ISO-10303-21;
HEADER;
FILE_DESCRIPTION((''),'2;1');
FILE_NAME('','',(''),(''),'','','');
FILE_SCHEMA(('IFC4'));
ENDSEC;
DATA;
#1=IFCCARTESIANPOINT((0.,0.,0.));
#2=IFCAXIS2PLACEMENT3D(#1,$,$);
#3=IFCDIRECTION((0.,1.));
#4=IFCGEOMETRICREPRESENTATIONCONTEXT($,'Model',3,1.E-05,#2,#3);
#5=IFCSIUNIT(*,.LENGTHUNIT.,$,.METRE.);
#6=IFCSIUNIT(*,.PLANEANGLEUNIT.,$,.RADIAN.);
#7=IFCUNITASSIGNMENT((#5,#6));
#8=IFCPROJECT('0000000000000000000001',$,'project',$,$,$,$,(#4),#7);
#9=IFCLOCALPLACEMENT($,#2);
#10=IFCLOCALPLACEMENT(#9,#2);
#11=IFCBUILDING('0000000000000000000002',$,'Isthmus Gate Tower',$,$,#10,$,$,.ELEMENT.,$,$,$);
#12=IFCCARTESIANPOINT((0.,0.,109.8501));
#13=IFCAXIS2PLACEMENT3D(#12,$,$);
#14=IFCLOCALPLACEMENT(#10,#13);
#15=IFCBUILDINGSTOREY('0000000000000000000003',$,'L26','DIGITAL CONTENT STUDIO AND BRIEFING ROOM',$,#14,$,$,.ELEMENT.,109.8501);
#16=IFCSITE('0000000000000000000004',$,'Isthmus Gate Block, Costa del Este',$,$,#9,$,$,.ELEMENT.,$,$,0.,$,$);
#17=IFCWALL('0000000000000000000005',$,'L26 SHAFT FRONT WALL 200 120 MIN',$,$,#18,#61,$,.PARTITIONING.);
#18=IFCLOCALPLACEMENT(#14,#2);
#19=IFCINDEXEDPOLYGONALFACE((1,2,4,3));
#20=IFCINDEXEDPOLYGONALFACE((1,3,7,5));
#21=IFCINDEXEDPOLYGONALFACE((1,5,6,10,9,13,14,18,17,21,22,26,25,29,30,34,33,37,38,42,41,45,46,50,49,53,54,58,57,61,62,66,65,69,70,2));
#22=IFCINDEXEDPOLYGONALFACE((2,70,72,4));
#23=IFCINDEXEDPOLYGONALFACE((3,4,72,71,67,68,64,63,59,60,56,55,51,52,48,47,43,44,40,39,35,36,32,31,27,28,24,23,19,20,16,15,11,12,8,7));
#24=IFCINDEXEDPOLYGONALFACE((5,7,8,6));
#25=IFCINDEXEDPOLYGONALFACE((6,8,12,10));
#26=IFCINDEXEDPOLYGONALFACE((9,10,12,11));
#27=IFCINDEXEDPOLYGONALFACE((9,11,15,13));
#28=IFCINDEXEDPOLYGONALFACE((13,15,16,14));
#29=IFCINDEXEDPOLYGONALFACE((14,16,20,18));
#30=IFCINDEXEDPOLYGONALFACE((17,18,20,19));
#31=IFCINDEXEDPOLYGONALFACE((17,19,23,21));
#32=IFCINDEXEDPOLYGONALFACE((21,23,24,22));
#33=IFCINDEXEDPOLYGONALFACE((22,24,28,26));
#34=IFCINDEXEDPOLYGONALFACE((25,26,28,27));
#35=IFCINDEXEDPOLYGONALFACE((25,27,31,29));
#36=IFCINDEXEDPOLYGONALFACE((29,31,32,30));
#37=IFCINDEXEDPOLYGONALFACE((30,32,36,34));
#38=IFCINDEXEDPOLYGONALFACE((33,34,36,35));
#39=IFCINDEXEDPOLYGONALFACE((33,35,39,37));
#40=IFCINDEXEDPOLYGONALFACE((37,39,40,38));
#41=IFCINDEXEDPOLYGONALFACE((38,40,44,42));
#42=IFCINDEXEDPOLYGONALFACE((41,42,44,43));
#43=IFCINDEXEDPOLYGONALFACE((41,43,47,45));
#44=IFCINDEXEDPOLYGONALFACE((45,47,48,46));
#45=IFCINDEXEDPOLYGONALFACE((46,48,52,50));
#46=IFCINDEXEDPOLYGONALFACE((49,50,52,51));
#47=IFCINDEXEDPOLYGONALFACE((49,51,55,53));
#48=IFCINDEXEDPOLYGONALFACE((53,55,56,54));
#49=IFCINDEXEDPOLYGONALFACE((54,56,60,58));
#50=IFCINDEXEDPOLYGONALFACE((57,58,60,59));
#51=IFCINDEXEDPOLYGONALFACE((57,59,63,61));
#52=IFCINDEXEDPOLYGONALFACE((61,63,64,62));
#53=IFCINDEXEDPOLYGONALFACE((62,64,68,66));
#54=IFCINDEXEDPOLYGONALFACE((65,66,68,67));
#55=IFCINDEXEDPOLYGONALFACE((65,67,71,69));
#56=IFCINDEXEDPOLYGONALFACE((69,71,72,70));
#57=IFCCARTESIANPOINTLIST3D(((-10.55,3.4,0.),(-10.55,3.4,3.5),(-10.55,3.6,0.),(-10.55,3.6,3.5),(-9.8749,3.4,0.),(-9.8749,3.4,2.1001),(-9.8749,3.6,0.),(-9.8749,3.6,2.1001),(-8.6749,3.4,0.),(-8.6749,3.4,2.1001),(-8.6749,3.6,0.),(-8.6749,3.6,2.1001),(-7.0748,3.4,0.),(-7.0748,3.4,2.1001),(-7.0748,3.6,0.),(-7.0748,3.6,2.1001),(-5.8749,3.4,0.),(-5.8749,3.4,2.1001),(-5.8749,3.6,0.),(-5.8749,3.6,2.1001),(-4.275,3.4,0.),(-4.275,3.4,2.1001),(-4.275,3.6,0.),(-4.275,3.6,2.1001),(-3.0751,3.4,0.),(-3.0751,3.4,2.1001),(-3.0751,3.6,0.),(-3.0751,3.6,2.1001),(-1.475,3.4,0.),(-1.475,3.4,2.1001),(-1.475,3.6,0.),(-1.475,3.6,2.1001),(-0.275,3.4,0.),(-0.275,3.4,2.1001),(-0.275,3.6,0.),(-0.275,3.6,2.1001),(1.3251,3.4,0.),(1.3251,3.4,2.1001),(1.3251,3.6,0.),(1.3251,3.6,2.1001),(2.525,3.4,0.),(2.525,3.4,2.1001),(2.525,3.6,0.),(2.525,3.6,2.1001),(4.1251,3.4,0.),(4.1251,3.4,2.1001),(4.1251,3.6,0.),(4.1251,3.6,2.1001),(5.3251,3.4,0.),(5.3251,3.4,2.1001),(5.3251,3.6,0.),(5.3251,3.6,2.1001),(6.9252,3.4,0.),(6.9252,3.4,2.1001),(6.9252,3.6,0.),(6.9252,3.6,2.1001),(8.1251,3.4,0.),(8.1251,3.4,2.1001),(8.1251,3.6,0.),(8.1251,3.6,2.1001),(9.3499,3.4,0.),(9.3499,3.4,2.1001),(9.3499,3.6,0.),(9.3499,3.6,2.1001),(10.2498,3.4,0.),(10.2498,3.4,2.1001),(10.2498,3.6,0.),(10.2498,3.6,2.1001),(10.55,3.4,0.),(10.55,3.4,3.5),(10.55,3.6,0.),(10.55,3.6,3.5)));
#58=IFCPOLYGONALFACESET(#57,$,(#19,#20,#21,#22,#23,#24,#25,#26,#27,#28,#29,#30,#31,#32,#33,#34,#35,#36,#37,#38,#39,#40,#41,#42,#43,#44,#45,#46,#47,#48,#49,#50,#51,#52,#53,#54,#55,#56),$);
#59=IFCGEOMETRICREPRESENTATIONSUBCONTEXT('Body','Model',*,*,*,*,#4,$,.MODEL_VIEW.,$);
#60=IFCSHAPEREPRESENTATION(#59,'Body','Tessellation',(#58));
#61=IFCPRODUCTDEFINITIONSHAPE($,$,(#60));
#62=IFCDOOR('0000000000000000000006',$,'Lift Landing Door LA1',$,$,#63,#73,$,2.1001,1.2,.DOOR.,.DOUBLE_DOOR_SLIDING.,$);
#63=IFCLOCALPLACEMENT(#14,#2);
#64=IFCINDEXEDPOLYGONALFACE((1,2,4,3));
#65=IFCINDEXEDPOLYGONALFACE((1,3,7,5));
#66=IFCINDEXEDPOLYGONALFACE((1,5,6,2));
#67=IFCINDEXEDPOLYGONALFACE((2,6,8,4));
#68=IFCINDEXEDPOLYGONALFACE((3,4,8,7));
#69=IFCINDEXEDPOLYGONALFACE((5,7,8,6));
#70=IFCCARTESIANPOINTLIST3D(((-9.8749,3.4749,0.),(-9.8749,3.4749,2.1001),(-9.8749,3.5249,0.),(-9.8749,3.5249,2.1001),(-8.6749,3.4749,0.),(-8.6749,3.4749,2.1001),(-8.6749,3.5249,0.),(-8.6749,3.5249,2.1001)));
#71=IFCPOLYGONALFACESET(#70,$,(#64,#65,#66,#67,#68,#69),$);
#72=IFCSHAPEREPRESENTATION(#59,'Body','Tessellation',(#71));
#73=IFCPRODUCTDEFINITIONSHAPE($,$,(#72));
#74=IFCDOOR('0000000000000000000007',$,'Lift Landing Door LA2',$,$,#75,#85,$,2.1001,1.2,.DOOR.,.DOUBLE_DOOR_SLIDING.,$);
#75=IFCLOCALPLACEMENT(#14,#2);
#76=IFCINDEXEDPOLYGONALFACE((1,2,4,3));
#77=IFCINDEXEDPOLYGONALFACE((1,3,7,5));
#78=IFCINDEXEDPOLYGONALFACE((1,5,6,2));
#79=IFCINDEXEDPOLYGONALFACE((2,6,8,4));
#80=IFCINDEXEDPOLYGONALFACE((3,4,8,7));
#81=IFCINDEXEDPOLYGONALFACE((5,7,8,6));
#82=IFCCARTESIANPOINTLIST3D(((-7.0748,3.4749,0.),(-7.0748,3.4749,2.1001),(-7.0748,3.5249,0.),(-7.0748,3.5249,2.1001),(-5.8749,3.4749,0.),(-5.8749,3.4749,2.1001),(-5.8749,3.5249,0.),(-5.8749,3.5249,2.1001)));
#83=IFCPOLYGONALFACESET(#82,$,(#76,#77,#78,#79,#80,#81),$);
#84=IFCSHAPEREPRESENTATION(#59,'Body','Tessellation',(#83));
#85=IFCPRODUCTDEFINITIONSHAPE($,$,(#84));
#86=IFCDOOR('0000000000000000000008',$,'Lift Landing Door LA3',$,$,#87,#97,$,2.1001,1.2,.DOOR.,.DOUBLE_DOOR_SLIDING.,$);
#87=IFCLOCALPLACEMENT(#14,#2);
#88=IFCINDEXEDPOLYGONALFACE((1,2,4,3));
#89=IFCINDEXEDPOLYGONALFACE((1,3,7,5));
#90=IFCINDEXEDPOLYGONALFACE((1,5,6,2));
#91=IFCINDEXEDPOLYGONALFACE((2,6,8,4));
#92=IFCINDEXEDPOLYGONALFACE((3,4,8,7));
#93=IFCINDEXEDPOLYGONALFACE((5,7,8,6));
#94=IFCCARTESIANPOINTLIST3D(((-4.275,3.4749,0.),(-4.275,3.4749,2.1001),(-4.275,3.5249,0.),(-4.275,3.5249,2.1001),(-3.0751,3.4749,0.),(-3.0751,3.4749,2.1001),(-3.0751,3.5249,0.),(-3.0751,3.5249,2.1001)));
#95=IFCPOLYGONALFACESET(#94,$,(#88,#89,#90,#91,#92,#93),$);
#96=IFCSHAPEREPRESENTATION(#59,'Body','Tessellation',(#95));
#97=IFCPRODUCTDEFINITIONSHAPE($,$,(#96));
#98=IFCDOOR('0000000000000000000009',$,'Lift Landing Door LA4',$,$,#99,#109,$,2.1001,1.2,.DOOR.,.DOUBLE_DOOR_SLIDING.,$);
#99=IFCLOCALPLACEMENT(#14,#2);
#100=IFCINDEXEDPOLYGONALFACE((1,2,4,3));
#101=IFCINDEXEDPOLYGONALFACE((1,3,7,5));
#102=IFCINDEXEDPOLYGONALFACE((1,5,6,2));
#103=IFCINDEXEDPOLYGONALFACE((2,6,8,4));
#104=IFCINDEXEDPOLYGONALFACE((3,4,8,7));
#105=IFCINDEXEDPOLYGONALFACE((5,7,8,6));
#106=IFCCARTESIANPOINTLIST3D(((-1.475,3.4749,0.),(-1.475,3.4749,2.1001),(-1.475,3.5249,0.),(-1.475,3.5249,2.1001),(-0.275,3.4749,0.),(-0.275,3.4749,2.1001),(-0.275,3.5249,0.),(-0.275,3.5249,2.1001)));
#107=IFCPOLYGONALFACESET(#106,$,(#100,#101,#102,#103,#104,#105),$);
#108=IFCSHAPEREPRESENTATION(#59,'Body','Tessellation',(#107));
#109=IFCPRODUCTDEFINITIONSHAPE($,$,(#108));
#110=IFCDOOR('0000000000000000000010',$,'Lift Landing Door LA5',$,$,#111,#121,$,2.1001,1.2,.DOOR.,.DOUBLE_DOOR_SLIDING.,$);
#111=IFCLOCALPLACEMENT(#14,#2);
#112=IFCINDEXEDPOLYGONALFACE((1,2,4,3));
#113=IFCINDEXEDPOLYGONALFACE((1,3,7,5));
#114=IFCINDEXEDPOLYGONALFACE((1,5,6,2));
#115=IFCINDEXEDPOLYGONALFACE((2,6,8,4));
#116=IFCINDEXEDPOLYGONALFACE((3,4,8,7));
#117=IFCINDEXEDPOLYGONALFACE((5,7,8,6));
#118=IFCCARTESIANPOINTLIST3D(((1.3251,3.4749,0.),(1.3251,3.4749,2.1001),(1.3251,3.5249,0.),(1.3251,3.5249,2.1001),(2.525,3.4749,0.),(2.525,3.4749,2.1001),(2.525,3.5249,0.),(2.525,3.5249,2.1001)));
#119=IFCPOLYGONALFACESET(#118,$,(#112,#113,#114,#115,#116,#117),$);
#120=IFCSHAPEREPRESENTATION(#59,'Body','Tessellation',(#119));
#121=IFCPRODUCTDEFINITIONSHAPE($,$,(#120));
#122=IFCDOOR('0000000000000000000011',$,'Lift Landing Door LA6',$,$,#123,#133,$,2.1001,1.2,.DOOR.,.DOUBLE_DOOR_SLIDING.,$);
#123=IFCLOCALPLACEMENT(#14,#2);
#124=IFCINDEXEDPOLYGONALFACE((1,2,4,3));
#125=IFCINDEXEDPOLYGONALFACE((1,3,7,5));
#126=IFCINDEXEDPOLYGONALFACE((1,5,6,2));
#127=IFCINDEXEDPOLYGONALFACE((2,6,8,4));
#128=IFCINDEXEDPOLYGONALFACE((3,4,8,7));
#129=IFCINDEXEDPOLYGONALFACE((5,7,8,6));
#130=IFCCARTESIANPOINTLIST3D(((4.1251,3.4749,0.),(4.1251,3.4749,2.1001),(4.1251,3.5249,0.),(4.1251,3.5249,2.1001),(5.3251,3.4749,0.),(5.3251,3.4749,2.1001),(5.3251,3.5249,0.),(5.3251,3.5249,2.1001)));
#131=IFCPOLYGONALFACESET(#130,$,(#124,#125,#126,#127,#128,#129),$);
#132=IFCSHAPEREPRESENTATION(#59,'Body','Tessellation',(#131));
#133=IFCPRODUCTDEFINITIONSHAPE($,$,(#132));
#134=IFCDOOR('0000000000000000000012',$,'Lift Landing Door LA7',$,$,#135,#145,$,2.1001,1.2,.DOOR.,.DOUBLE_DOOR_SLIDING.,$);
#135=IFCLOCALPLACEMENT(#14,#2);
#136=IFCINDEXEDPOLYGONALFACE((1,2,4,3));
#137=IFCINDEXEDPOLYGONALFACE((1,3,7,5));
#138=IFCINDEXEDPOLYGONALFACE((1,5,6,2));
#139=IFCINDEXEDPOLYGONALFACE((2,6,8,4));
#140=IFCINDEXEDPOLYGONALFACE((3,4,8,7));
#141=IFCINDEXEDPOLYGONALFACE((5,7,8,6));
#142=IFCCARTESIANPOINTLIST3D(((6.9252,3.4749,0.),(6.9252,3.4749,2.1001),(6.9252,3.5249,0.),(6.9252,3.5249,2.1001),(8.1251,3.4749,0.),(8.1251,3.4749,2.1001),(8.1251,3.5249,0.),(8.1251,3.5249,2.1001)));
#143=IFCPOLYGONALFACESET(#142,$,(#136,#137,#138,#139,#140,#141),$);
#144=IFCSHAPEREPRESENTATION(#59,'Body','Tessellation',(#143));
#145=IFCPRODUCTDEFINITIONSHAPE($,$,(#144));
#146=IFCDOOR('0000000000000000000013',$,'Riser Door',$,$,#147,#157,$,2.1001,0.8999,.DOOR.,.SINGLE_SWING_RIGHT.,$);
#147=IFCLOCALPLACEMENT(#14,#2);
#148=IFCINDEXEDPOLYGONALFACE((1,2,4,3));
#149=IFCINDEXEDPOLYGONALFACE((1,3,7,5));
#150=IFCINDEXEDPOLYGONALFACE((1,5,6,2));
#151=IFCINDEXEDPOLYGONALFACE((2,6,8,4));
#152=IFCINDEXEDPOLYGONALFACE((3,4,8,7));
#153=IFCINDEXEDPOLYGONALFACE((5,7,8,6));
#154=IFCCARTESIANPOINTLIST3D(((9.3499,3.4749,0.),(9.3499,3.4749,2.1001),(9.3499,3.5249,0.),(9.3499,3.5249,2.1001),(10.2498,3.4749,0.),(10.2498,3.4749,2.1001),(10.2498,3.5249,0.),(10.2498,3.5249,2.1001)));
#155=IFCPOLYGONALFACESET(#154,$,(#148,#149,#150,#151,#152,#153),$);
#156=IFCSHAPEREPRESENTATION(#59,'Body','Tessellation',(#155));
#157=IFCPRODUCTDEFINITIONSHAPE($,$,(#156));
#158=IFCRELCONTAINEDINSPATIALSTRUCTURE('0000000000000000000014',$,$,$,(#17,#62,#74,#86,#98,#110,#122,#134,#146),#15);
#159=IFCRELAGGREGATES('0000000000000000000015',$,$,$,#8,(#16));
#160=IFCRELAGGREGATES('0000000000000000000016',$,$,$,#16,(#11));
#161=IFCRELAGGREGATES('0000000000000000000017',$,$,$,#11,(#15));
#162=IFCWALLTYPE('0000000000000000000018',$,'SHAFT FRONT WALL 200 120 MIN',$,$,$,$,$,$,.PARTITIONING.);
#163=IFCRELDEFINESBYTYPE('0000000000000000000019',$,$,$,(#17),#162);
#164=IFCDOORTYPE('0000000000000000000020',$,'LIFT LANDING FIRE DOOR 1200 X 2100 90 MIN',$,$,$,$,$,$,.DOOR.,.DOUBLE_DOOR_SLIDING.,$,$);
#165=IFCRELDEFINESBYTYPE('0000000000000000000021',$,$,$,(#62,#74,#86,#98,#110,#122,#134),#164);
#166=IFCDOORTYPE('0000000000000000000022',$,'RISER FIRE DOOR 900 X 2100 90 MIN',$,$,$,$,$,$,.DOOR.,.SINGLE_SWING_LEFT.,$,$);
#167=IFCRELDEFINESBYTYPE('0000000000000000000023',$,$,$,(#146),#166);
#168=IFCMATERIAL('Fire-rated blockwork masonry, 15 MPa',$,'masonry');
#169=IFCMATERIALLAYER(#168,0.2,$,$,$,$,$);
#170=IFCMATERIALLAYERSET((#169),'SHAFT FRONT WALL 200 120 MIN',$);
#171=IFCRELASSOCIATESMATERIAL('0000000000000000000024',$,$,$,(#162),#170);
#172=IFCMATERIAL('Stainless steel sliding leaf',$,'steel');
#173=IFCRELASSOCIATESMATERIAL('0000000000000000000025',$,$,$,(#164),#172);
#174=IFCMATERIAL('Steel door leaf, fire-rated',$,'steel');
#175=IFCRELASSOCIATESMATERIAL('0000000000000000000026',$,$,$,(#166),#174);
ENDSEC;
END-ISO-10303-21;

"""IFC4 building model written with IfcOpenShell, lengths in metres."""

from ifc_helpers import new_model, si_unit, direction, frame, frame_2d, origin, place, context, subcontext, project, spatial, rectangle, extrude, material, layer, layer_set, type_object, element, fill, save


model = new_model("IFC4")

# Units and contexts
model_context = context("Model", 3, precision=1e-05, world=origin(), true_north=direction((0.0, 1.0)))
body_context = subcontext(model_context, "Body", "Model", "MODEL_VIEW")
ifc_project = project(units=[si_unit("LENGTHUNIT", "METRE"), si_unit("PLANEANGLEUNIT", "RADIAN")], contexts=[model_context])

# Site, building, storey
site_placement = place(None, origin())
site = spatial("IfcSite", under=ifc_project, at=site_placement, Name="Isthmus Gate Block, Costa del Este", CompositionType="ELEMENT", RefElevation=0.0)
building_placement = place(site_placement, origin())
building = spatial("IfcBuilding", under=site, at=building_placement, Name="Isthmus Gate Tower", CompositionType="ELEMENT")
storey_placement = place(building_placement, frame((0.0, 0.0, 109.8501)))
storey = spatial("IfcBuildingStorey", under=building, at=storey_placement, Name="L26", Description="DIGITAL CONTENT STUDIO AND BRIEFING ROOM", CompositionType="ELEMENT", Elevation=109.8501)

# Wall, openings, doors
ifc_material_1 = material(Name="Fire-rated blockwork masonry, 15 MPa", Category="masonry")
ifc_layer_1 = layer(ifc_material_1, 0.2)
ifc_layer_set_1 = layer_set([ifc_layer_1], Name="SHAFT FRONT WALL 200 120 MIN")
wall_type_1 = type_object("IfcWallType", Name="SHAFT FRONT WALL 200 120 MIN", PredefinedType="PARTITIONING", material=ifc_layer_set_1)
wall_1_placement = place(storey_placement, frame((-10.55, 3.5, 0.0), z_axis=(0.0, 0.0, 1.0), x_axis=(1.0, 0.0, 0.0)))
wall_1 = element("IfcWall", 1, at=wall_1_placement, inside=storey, type_object=wall_type_1, Name="L26 SHAFT FRONT WALL 200 120 MIN", PredefinedType="PARTITIONING", context=body_context, shape_type="SweptSolid", body=[
    extrude(rectangle(XDim=21.1001, YDim=0.2, at=frame_2d((10.55, 0.0))), origin(), (0.0, 0.0, 1.0), 3.5),
])
opening_1_placement = place(wall_1_placement, frame((0.675, 0.0, 0.0)))
opening_1 = element("IfcOpeningElement", 2, at=opening_1_placement, cuts=wall_1, PredefinedType="OPENING", context=body_context, shape_type="SweptSolid", body=[
    extrude(rectangle(XDim=1.2, YDim=2.1001, at=frame_2d((0.6001, 1.05))), frame((0.0, 0.1099, 0.0), z_axis=(0.0, -1.0, 0.0), x_axis=(1.0, 0.0, 0.0)), (0.0, 0.0, 1.0), 0.22),
])
opening_2_placement = place(wall_1_placement, frame((3.4751, 0.0, 0.0)))
opening_2 = element("IfcOpeningElement", 3, at=opening_2_placement, cuts=wall_1, PredefinedType="OPENING", context=body_context, shape_type="SweptSolid", body=[
    extrude(rectangle(XDim=1.2, YDim=2.1001, at=frame_2d((0.6001, 1.05))), frame((0.0, 0.1099, 0.0), z_axis=(0.0, -1.0, 0.0), x_axis=(1.0, 0.0, 0.0)), (0.0, 0.0, 1.0), 0.22),
])
opening_3_placement = place(wall_1_placement, frame((6.2749, 0.0, 0.0)))
opening_3 = element("IfcOpeningElement", 4, at=opening_3_placement, cuts=wall_1, PredefinedType="OPENING", context=body_context, shape_type="SweptSolid", body=[
    extrude(rectangle(XDim=1.2, YDim=2.1001, at=frame_2d((0.6001, 1.05))), frame((0.0, 0.1099, 0.0), z_axis=(0.0, -1.0, 0.0), x_axis=(1.0, 0.0, 0.0)), (0.0, 0.0, 1.0), 0.22),
])
opening_4_placement = place(wall_1_placement, frame((9.075, 0.0, 0.0)))
opening_4 = element("IfcOpeningElement", 5, at=opening_4_placement, cuts=wall_1, PredefinedType="OPENING", context=body_context, shape_type="SweptSolid", body=[
    extrude(rectangle(XDim=1.2, YDim=2.1001, at=frame_2d((0.6001, 1.05))), frame((0.0, 0.1099, 0.0), z_axis=(0.0, -1.0, 0.0), x_axis=(1.0, 0.0, 0.0)), (0.0, 0.0, 1.0), 0.22),
])
opening_5_placement = place(wall_1_placement, frame((11.875, 0.0, 0.0)))
opening_5 = element("IfcOpeningElement", 6, at=opening_5_placement, cuts=wall_1, PredefinedType="OPENING", context=body_context, shape_type="SweptSolid", body=[
    extrude(rectangle(XDim=1.2, YDim=2.1001, at=frame_2d((0.6001, 1.05))), frame((0.0, 0.1099, 0.0), z_axis=(0.0, -1.0, 0.0), x_axis=(1.0, 0.0, 0.0)), (0.0, 0.0, 1.0), 0.22),
])
opening_6_placement = place(wall_1_placement, frame((14.675, 0.0, 0.0)))
opening_6 = element("IfcOpeningElement", 7, at=opening_6_placement, cuts=wall_1, PredefinedType="OPENING", context=body_context, shape_type="SweptSolid", body=[
    extrude(rectangle(XDim=1.2, YDim=2.1001, at=frame_2d((0.6001, 1.05))), frame((0.0, 0.1099, 0.0), z_axis=(0.0, -1.0, 0.0), x_axis=(1.0, 0.0, 0.0)), (0.0, 0.0, 1.0), 0.22),
])
opening_7_placement = place(wall_1_placement, frame((17.4751, 0.0, 0.0)))
opening_7 = element("IfcOpeningElement", 8, at=opening_7_placement, cuts=wall_1, PredefinedType="OPENING", context=body_context, shape_type="SweptSolid", body=[
    extrude(rectangle(XDim=1.2, YDim=2.1001, at=frame_2d((0.6001, 1.05))), frame((0.0, 0.1099, 0.0), z_axis=(0.0, -1.0, 0.0), x_axis=(1.0, 0.0, 0.0)), (0.0, 0.0, 1.0), 0.22),
])
opening_8_placement = place(wall_1_placement, frame((19.8999, 0.0, 0.0)))
opening_8 = element("IfcOpeningElement", 9, at=opening_8_placement, cuts=wall_1, PredefinedType="OPENING", context=body_context, shape_type="SweptSolid", body=[
    extrude(rectangle(XDim=0.8999, YDim=2.1001, at=frame_2d((0.45, 1.05))), frame((0.0, 0.1099, 0.0), z_axis=(0.0, -1.0, 0.0), x_axis=(1.0, 0.0, 0.0)), (0.0, 0.0, 1.0), 0.22),
])
ifc_material_2 = material(Name="Stainless steel sliding leaf", Category="steel")
door_type_1 = type_object("IfcDoorType", Name="LIFT LANDING FIRE DOOR 1200 X 2100 90 MIN", OperationType="DOUBLE_DOOR_SLIDING", PredefinedType="DOOR", material=ifc_material_2)
door_1_placement = place(opening_1_placement, origin())
door_1 = element("IfcDoor", 10, at=door_1_placement, inside=storey, type_object=door_type_1, Name="Lift Landing Door LA1", OperationType="DOUBLE_DOOR_SLIDING", OverallHeight=2.1001, OverallWidth=1.2, PredefinedType="DOOR", context=body_context, shape_type="SweptSolid", body=[
    extrude(rectangle(XDim=1.2, YDim=2.1001, at=frame_2d((0.6001, 1.05))), frame((0.0, 0.0249, 0.0), z_axis=(0.0, -1.0, 0.0), x_axis=(1.0, 0.0, 0.0)), (0.0, 0.0, 1.0), 0.05),
])
fill(opening_1, door_1)
door_2_placement = place(opening_2_placement, origin())
door_2 = element("IfcDoor", 11, at=door_2_placement, inside=storey, type_object=door_type_1, Name="Lift Landing Door LA2", OperationType="DOUBLE_DOOR_SLIDING", OverallHeight=2.1001, OverallWidth=1.2, PredefinedType="DOOR", context=body_context, shape_type="SweptSolid", body=[
    extrude(rectangle(XDim=1.2, YDim=2.1001, at=frame_2d((0.6001, 1.05))), frame((0.0, 0.0249, 0.0), z_axis=(0.0, -1.0, 0.0), x_axis=(1.0, 0.0, 0.0)), (0.0, 0.0, 1.0), 0.05),
])
fill(opening_2, door_2)
door_3_placement = place(opening_3_placement, origin())
door_3 = element("IfcDoor", 12, at=door_3_placement, inside=storey, type_object=door_type_1, Name="Lift Landing Door LA3", OperationType="DOUBLE_DOOR_SLIDING", OverallHeight=2.1001, OverallWidth=1.2, PredefinedType="DOOR", context=body_context, shape_type="SweptSolid", body=[
    extrude(rectangle(XDim=1.2, YDim=2.1001, at=frame_2d((0.6001, 1.05))), frame((0.0, 0.0249, 0.0), z_axis=(0.0, -1.0, 0.0), x_axis=(1.0, 0.0, 0.0)), (0.0, 0.0, 1.0), 0.05),
])
fill(opening_3, door_3)
door_4_placement = place(opening_4_placement, origin())
door_4 = element("IfcDoor", 13, at=door_4_placement, inside=storey, type_object=door_type_1, Name="Lift Landing Door LA4", OperationType="DOUBLE_DOOR_SLIDING", OverallHeight=2.1001, OverallWidth=1.2, PredefinedType="DOOR", context=body_context, shape_type="SweptSolid", body=[
    extrude(rectangle(XDim=1.2, YDim=2.1001, at=frame_2d((0.6001, 1.05))), frame((0.0, 0.0249, 0.0), z_axis=(0.0, -1.0, 0.0), x_axis=(1.0, 0.0, 0.0)), (0.0, 0.0, 1.0), 0.05),
])
fill(opening_4, door_4)
door_5_placement = place(opening_5_placement, origin())
door_5 = element("IfcDoor", 14, at=door_5_placement, inside=storey, type_object=door_type_1, Name="Lift Landing Door LA5", OperationType="DOUBLE_DOOR_SLIDING", OverallHeight=2.1001, OverallWidth=1.2, PredefinedType="DOOR", context=body_context, shape_type="SweptSolid", body=[
    extrude(rectangle(XDim=1.2, YDim=2.1001, at=frame_2d((0.6001, 1.05))), frame((0.0, 0.0249, 0.0), z_axis=(0.0, -1.0, 0.0), x_axis=(1.0, 0.0, 0.0)), (0.0, 0.0, 1.0), 0.05),
])
fill(opening_5, door_5)
door_6_placement = place(opening_6_placement, origin())
door_6 = element("IfcDoor", 15, at=door_6_placement, inside=storey, type_object=door_type_1, Name="Lift Landing Door LA6", OperationType="DOUBLE_DOOR_SLIDING", OverallHeight=2.1001, OverallWidth=1.2, PredefinedType="DOOR", context=body_context, shape_type="SweptSolid", body=[
    extrude(rectangle(XDim=1.2, YDim=2.1001, at=frame_2d((0.6001, 1.05))), frame((0.0, 0.0249, 0.0), z_axis=(0.0, -1.0, 0.0), x_axis=(1.0, 0.0, 0.0)), (0.0, 0.0, 1.0), 0.05),
])
fill(opening_6, door_6)
door_7_placement = place(opening_7_placement, origin())
door_7 = element("IfcDoor", 16, at=door_7_placement, inside=storey, type_object=door_type_1, Name="Lift Landing Door LA7", OperationType="DOUBLE_DOOR_SLIDING", OverallHeight=2.1001, OverallWidth=1.2, PredefinedType="DOOR", context=body_context, shape_type="SweptSolid", body=[
    extrude(rectangle(XDim=1.2, YDim=2.1001, at=frame_2d((0.6001, 1.05))), frame((0.0, 0.0249, 0.0), z_axis=(0.0, -1.0, 0.0), x_axis=(1.0, 0.0, 0.0)), (0.0, 0.0, 1.0), 0.05),
])
fill(opening_7, door_7)
ifc_material_3 = material(Name="Steel door leaf, fire-rated", Category="steel")
door_type_2 = type_object("IfcDoorType", Name="RISER FIRE DOOR 900 X 2100 90 MIN", OperationType="SINGLE_SWING_LEFT", PredefinedType="DOOR", material=ifc_material_3)
door_8_placement = place(opening_8_placement, origin())
door_8 = element("IfcDoor", 17, at=door_8_placement, inside=storey, type_object=door_type_2, Name="Riser Door", OperationType="SINGLE_SWING_RIGHT", OverallHeight=2.1001, OverallWidth=0.8999, PredefinedType="DOOR", context=body_context, shape_type="SweptSolid", body=[
    extrude(rectangle(XDim=0.8999, YDim=2.1001, at=frame_2d((0.45, 1.05))), frame((0.0, 0.0249, 0.0), z_axis=(0.0, -1.0, 0.0), x_axis=(1.0, 0.0, 0.0)), (0.0, 0.0, 1.0), 0.05),
])
fill(opening_8, door_8)

save(model, "model.ifc")
